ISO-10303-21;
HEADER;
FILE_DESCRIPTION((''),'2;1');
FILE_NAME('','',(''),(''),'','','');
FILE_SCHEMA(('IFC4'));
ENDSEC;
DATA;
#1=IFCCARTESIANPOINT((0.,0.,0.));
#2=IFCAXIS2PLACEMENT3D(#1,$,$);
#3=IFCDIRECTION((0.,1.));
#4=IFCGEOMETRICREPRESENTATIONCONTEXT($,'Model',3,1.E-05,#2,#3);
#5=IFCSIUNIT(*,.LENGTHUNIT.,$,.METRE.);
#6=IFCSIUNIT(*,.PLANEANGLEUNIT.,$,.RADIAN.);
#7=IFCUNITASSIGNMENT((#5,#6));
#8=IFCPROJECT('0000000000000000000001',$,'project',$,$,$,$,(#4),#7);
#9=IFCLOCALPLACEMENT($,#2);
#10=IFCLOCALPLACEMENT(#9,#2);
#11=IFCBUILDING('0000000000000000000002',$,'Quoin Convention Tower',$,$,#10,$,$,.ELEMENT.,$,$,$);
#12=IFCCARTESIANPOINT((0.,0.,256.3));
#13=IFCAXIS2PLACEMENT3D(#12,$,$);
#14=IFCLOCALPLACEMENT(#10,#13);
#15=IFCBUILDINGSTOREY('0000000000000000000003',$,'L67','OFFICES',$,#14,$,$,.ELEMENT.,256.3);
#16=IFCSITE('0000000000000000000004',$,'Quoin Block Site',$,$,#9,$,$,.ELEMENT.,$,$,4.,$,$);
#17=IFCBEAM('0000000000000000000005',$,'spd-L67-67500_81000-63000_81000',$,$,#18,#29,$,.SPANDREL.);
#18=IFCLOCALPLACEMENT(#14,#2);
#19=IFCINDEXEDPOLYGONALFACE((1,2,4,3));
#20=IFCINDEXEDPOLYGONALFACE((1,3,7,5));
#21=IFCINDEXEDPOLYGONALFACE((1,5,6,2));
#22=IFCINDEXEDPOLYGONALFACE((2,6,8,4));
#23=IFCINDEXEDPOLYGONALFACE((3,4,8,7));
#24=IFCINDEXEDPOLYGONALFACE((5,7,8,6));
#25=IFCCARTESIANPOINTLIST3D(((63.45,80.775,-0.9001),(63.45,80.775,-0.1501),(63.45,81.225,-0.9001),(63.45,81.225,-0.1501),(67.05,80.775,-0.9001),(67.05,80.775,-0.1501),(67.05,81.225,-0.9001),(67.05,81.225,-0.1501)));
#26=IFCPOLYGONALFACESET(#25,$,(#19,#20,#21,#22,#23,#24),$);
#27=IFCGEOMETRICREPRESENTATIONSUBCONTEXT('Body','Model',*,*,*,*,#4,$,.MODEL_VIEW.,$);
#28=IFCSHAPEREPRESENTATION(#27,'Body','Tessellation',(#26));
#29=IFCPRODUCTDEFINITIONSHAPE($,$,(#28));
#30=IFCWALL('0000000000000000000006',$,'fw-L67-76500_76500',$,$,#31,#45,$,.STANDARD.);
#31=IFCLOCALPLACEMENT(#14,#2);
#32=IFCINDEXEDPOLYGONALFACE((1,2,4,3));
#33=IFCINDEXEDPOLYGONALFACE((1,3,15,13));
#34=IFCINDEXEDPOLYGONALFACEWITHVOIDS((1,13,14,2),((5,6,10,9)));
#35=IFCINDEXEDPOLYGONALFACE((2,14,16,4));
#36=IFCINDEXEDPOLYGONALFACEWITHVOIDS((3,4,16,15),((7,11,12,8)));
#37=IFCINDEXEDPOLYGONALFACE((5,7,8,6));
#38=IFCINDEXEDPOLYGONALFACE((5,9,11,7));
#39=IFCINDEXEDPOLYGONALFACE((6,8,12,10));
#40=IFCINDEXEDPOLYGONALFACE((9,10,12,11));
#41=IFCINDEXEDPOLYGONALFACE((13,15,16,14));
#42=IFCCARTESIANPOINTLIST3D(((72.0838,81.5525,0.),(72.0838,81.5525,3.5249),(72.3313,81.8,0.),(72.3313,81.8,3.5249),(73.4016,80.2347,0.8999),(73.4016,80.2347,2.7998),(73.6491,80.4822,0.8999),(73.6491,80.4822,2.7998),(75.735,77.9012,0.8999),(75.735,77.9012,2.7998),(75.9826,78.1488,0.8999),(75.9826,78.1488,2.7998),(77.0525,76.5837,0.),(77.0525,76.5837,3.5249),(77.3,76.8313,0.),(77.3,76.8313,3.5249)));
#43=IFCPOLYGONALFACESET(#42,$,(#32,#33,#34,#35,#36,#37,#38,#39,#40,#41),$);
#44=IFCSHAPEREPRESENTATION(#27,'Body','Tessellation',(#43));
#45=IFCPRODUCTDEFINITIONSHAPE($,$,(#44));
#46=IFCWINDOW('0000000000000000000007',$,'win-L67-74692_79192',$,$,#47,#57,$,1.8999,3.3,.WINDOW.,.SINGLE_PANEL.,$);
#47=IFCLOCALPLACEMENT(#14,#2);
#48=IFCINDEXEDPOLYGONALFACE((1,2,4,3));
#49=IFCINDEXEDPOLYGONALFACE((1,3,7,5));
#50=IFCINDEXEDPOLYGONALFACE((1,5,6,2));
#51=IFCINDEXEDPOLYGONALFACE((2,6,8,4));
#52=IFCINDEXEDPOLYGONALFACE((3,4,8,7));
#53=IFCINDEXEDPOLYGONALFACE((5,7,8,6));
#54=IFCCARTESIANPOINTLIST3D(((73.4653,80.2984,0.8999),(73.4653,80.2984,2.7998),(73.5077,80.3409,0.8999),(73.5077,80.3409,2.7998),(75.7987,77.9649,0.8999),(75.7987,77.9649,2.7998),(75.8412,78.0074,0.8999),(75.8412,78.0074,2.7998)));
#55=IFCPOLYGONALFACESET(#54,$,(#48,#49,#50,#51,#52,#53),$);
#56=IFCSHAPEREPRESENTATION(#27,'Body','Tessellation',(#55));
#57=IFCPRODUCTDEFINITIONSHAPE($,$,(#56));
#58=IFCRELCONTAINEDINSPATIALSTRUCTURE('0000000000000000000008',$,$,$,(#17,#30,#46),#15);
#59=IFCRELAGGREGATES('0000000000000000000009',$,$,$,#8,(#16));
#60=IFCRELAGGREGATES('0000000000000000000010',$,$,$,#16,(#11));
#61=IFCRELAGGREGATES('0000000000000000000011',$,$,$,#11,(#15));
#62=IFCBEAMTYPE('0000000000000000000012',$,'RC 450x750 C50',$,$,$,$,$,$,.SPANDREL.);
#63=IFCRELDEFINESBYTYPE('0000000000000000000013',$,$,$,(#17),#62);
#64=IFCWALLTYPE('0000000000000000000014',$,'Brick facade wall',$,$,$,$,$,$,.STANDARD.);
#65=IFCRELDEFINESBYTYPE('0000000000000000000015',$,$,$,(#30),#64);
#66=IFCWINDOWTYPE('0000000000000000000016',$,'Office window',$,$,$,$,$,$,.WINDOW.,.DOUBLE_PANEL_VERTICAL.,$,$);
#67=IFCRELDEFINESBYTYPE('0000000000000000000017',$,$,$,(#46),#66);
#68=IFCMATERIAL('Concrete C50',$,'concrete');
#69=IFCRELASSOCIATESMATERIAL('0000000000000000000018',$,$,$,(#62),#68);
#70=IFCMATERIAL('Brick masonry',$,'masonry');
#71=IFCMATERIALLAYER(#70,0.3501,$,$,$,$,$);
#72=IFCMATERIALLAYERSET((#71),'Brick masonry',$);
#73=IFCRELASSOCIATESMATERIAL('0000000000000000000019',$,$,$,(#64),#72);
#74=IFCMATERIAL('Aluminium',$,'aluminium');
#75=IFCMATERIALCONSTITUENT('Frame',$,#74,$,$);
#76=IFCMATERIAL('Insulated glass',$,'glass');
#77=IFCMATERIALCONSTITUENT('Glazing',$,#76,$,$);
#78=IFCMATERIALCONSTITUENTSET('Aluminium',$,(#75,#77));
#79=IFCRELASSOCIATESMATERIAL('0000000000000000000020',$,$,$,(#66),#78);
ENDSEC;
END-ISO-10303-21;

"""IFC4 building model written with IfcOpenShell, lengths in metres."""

from ifc_helpers import new_model, si_unit, direction, frame, frame_2d, origin, origin_2d, place, context, subcontext, project, spatial, rectangle, extrude, material, layer, layer_set, constituent, constituent_set, material_profile, profile_set, type_object, element, fill, save


model = new_model("IFC4")

# Units and contexts
model_context = context("Model", 3, precision=1e-05, world=origin(), true_north=direction((0.0, 1.0)))
body_context = subcontext(model_context, "Body", "Model", "MODEL_VIEW")
ifc_project = project(units=[si_unit("LENGTHUNIT", "METRE"), si_unit("PLANEANGLEUNIT", "RADIAN")], contexts=[model_context])

# Site, building, storey
site_placement = place(None, origin())
site = spatial("IfcSite", under=ifc_project, at=site_placement, Name="Quoin Block Site", CompositionType="ELEMENT", RefElevation=4.0)
building_placement = place(site_placement, origin())
building = spatial("IfcBuilding", under=site, at=building_placement, Name="Quoin Convention Tower", CompositionType="ELEMENT")
storey_placement = place(building_placement, frame((0.0, 0.0, 256.3)))
storey = spatial("IfcBuildingStorey", under=building, at=storey_placement, Name="L67", Description="OFFICES", CompositionType="ELEMENT", Elevation=256.3)

# Shared definitions
ifc_material_1 = material(Name="Concrete C50", Category="concrete")

# Beam
ifc_material_profile_1 = material_profile(ifc_material_1, rectangle(XDim=0.45, YDim=0.75, at=origin_2d()), Name="RC 450x750")
ifc_profile_set_1 = profile_set([ifc_material_profile_1], Name="Concrete C50")
beam_type_1 = type_object("IfcBeamType", Name="RC 450x750 C50", PredefinedType="SPANDREL", material=ifc_profile_set_1)
for number, where, z_axis, x_axis, name in (
    (1, (67.05, 81.0, -0.5251), (-1.0, 0.0, 0.0), (0.0, -1.0, 0.0), "spd-L67-67500_81000-63000_81000"),
):
    element("IfcBeam", number, at=place(storey_placement, frame(where, z_axis=z_axis, x_axis=x_axis)), inside=storey, type_object=beam_type_1, Name=name, PredefinedType="SPANDREL", context=body_context, shape_type="SweptSolid", body=[
        extrude(rectangle(XDim=0.45, YDim=0.75, at=origin_2d()), origin(), (0.0, 0.0, 1.0), 3.6001),
    ])

# Wall, opening, window
ifc_material_2 = material(Name="Brick masonry", Category="masonry")
ifc_layer_1 = layer(ifc_material_2, 0.3501)
ifc_layer_set_1 = layer_set([ifc_layer_1], Name="Brick masonry")
wall_type_1 = type_object("IfcWallType", Name="Brick facade wall", PredefinedType="STANDARD", material=ifc_layer_set_1)
wall_1_placement = place(storey_placement, frame((77.1763, 76.7075, 0.0), z_axis=(0.0, 0.0, 1.0), x_axis=(-0.707107, 0.707107, 0.0)))
wall_1 = element("IfcWall", 2, at=wall_1_placement, inside=storey, type_object=wall_type_1, Name="fw-L67-76500_76500", PredefinedType="STANDARD", context=body_context, shape_type="SweptSolid", body=[
    extrude(rectangle(XDim=7.0269, YDim=0.3501, at=frame_2d((3.5134, 0.0))), origin(), (0.0, 0.0, 1.0), 3.5249),
])
opening_1_placement = place(wall_1_placement, frame((1.8633, 0.0, 0.8999)))
opening_1 = element("IfcOpeningElement", 3, at=opening_1_placement, cuts=wall_1, PredefinedType="OPENING", context=body_context, shape_type="SweptSolid", body=[
    extrude(rectangle(XDim=3.3, YDim=1.8999, at=frame_2d((1.6499, 0.95))), frame((0.0, 0.1851, 0.0), z_axis=(0.0, -1.0, 0.0), x_axis=(1.0, 0.0, 0.0)), (0.0, 0.0, 1.0), 0.3701),
])
ifc_material_3 = material(Name="Aluminium", Category="aluminium")
ifc_constituent_1 = constituent(ifc_material_3, Name="Frame")
ifc_material_4 = material(Name="Insulated glass", Category="glass")
ifc_constituent_2 = constituent(ifc_material_4, Name="Glazing")
ifc_constituent_set = constituent_set(constituents=[ifc_constituent_1, ifc_constituent_2], Name="Aluminium")
window_type = type_object("IfcWindowType", Name="Office window", PartitioningType="DOUBLE_PANEL_VERTICAL", PredefinedType="WINDOW", material=ifc_constituent_set)
window_1_placement = place(opening_1_placement, origin())
window_1 = element("IfcWindow", 4, at=window_1_placement, inside=storey, type_object=window_type, Name="win-L67-74692_79192", OverallHeight=1.8999, OverallWidth=3.3, PartitioningType="SINGLE_PANEL", PredefinedType="WINDOW", context=body_context, shape_type="SweptSolid", body=[
    extrude(rectangle(XDim=3.3, YDim=1.8999, at=frame_2d((1.6499, 0.95))), frame((0.0, 0.085, 0.0), z_axis=(0.0, -1.0, 0.0), x_axis=(1.0, 0.0, 0.0)), (0.0, 0.0, 1.0), 0.0601),
])
fill(opening_1, window_1)

save(model, "model.ifc")
